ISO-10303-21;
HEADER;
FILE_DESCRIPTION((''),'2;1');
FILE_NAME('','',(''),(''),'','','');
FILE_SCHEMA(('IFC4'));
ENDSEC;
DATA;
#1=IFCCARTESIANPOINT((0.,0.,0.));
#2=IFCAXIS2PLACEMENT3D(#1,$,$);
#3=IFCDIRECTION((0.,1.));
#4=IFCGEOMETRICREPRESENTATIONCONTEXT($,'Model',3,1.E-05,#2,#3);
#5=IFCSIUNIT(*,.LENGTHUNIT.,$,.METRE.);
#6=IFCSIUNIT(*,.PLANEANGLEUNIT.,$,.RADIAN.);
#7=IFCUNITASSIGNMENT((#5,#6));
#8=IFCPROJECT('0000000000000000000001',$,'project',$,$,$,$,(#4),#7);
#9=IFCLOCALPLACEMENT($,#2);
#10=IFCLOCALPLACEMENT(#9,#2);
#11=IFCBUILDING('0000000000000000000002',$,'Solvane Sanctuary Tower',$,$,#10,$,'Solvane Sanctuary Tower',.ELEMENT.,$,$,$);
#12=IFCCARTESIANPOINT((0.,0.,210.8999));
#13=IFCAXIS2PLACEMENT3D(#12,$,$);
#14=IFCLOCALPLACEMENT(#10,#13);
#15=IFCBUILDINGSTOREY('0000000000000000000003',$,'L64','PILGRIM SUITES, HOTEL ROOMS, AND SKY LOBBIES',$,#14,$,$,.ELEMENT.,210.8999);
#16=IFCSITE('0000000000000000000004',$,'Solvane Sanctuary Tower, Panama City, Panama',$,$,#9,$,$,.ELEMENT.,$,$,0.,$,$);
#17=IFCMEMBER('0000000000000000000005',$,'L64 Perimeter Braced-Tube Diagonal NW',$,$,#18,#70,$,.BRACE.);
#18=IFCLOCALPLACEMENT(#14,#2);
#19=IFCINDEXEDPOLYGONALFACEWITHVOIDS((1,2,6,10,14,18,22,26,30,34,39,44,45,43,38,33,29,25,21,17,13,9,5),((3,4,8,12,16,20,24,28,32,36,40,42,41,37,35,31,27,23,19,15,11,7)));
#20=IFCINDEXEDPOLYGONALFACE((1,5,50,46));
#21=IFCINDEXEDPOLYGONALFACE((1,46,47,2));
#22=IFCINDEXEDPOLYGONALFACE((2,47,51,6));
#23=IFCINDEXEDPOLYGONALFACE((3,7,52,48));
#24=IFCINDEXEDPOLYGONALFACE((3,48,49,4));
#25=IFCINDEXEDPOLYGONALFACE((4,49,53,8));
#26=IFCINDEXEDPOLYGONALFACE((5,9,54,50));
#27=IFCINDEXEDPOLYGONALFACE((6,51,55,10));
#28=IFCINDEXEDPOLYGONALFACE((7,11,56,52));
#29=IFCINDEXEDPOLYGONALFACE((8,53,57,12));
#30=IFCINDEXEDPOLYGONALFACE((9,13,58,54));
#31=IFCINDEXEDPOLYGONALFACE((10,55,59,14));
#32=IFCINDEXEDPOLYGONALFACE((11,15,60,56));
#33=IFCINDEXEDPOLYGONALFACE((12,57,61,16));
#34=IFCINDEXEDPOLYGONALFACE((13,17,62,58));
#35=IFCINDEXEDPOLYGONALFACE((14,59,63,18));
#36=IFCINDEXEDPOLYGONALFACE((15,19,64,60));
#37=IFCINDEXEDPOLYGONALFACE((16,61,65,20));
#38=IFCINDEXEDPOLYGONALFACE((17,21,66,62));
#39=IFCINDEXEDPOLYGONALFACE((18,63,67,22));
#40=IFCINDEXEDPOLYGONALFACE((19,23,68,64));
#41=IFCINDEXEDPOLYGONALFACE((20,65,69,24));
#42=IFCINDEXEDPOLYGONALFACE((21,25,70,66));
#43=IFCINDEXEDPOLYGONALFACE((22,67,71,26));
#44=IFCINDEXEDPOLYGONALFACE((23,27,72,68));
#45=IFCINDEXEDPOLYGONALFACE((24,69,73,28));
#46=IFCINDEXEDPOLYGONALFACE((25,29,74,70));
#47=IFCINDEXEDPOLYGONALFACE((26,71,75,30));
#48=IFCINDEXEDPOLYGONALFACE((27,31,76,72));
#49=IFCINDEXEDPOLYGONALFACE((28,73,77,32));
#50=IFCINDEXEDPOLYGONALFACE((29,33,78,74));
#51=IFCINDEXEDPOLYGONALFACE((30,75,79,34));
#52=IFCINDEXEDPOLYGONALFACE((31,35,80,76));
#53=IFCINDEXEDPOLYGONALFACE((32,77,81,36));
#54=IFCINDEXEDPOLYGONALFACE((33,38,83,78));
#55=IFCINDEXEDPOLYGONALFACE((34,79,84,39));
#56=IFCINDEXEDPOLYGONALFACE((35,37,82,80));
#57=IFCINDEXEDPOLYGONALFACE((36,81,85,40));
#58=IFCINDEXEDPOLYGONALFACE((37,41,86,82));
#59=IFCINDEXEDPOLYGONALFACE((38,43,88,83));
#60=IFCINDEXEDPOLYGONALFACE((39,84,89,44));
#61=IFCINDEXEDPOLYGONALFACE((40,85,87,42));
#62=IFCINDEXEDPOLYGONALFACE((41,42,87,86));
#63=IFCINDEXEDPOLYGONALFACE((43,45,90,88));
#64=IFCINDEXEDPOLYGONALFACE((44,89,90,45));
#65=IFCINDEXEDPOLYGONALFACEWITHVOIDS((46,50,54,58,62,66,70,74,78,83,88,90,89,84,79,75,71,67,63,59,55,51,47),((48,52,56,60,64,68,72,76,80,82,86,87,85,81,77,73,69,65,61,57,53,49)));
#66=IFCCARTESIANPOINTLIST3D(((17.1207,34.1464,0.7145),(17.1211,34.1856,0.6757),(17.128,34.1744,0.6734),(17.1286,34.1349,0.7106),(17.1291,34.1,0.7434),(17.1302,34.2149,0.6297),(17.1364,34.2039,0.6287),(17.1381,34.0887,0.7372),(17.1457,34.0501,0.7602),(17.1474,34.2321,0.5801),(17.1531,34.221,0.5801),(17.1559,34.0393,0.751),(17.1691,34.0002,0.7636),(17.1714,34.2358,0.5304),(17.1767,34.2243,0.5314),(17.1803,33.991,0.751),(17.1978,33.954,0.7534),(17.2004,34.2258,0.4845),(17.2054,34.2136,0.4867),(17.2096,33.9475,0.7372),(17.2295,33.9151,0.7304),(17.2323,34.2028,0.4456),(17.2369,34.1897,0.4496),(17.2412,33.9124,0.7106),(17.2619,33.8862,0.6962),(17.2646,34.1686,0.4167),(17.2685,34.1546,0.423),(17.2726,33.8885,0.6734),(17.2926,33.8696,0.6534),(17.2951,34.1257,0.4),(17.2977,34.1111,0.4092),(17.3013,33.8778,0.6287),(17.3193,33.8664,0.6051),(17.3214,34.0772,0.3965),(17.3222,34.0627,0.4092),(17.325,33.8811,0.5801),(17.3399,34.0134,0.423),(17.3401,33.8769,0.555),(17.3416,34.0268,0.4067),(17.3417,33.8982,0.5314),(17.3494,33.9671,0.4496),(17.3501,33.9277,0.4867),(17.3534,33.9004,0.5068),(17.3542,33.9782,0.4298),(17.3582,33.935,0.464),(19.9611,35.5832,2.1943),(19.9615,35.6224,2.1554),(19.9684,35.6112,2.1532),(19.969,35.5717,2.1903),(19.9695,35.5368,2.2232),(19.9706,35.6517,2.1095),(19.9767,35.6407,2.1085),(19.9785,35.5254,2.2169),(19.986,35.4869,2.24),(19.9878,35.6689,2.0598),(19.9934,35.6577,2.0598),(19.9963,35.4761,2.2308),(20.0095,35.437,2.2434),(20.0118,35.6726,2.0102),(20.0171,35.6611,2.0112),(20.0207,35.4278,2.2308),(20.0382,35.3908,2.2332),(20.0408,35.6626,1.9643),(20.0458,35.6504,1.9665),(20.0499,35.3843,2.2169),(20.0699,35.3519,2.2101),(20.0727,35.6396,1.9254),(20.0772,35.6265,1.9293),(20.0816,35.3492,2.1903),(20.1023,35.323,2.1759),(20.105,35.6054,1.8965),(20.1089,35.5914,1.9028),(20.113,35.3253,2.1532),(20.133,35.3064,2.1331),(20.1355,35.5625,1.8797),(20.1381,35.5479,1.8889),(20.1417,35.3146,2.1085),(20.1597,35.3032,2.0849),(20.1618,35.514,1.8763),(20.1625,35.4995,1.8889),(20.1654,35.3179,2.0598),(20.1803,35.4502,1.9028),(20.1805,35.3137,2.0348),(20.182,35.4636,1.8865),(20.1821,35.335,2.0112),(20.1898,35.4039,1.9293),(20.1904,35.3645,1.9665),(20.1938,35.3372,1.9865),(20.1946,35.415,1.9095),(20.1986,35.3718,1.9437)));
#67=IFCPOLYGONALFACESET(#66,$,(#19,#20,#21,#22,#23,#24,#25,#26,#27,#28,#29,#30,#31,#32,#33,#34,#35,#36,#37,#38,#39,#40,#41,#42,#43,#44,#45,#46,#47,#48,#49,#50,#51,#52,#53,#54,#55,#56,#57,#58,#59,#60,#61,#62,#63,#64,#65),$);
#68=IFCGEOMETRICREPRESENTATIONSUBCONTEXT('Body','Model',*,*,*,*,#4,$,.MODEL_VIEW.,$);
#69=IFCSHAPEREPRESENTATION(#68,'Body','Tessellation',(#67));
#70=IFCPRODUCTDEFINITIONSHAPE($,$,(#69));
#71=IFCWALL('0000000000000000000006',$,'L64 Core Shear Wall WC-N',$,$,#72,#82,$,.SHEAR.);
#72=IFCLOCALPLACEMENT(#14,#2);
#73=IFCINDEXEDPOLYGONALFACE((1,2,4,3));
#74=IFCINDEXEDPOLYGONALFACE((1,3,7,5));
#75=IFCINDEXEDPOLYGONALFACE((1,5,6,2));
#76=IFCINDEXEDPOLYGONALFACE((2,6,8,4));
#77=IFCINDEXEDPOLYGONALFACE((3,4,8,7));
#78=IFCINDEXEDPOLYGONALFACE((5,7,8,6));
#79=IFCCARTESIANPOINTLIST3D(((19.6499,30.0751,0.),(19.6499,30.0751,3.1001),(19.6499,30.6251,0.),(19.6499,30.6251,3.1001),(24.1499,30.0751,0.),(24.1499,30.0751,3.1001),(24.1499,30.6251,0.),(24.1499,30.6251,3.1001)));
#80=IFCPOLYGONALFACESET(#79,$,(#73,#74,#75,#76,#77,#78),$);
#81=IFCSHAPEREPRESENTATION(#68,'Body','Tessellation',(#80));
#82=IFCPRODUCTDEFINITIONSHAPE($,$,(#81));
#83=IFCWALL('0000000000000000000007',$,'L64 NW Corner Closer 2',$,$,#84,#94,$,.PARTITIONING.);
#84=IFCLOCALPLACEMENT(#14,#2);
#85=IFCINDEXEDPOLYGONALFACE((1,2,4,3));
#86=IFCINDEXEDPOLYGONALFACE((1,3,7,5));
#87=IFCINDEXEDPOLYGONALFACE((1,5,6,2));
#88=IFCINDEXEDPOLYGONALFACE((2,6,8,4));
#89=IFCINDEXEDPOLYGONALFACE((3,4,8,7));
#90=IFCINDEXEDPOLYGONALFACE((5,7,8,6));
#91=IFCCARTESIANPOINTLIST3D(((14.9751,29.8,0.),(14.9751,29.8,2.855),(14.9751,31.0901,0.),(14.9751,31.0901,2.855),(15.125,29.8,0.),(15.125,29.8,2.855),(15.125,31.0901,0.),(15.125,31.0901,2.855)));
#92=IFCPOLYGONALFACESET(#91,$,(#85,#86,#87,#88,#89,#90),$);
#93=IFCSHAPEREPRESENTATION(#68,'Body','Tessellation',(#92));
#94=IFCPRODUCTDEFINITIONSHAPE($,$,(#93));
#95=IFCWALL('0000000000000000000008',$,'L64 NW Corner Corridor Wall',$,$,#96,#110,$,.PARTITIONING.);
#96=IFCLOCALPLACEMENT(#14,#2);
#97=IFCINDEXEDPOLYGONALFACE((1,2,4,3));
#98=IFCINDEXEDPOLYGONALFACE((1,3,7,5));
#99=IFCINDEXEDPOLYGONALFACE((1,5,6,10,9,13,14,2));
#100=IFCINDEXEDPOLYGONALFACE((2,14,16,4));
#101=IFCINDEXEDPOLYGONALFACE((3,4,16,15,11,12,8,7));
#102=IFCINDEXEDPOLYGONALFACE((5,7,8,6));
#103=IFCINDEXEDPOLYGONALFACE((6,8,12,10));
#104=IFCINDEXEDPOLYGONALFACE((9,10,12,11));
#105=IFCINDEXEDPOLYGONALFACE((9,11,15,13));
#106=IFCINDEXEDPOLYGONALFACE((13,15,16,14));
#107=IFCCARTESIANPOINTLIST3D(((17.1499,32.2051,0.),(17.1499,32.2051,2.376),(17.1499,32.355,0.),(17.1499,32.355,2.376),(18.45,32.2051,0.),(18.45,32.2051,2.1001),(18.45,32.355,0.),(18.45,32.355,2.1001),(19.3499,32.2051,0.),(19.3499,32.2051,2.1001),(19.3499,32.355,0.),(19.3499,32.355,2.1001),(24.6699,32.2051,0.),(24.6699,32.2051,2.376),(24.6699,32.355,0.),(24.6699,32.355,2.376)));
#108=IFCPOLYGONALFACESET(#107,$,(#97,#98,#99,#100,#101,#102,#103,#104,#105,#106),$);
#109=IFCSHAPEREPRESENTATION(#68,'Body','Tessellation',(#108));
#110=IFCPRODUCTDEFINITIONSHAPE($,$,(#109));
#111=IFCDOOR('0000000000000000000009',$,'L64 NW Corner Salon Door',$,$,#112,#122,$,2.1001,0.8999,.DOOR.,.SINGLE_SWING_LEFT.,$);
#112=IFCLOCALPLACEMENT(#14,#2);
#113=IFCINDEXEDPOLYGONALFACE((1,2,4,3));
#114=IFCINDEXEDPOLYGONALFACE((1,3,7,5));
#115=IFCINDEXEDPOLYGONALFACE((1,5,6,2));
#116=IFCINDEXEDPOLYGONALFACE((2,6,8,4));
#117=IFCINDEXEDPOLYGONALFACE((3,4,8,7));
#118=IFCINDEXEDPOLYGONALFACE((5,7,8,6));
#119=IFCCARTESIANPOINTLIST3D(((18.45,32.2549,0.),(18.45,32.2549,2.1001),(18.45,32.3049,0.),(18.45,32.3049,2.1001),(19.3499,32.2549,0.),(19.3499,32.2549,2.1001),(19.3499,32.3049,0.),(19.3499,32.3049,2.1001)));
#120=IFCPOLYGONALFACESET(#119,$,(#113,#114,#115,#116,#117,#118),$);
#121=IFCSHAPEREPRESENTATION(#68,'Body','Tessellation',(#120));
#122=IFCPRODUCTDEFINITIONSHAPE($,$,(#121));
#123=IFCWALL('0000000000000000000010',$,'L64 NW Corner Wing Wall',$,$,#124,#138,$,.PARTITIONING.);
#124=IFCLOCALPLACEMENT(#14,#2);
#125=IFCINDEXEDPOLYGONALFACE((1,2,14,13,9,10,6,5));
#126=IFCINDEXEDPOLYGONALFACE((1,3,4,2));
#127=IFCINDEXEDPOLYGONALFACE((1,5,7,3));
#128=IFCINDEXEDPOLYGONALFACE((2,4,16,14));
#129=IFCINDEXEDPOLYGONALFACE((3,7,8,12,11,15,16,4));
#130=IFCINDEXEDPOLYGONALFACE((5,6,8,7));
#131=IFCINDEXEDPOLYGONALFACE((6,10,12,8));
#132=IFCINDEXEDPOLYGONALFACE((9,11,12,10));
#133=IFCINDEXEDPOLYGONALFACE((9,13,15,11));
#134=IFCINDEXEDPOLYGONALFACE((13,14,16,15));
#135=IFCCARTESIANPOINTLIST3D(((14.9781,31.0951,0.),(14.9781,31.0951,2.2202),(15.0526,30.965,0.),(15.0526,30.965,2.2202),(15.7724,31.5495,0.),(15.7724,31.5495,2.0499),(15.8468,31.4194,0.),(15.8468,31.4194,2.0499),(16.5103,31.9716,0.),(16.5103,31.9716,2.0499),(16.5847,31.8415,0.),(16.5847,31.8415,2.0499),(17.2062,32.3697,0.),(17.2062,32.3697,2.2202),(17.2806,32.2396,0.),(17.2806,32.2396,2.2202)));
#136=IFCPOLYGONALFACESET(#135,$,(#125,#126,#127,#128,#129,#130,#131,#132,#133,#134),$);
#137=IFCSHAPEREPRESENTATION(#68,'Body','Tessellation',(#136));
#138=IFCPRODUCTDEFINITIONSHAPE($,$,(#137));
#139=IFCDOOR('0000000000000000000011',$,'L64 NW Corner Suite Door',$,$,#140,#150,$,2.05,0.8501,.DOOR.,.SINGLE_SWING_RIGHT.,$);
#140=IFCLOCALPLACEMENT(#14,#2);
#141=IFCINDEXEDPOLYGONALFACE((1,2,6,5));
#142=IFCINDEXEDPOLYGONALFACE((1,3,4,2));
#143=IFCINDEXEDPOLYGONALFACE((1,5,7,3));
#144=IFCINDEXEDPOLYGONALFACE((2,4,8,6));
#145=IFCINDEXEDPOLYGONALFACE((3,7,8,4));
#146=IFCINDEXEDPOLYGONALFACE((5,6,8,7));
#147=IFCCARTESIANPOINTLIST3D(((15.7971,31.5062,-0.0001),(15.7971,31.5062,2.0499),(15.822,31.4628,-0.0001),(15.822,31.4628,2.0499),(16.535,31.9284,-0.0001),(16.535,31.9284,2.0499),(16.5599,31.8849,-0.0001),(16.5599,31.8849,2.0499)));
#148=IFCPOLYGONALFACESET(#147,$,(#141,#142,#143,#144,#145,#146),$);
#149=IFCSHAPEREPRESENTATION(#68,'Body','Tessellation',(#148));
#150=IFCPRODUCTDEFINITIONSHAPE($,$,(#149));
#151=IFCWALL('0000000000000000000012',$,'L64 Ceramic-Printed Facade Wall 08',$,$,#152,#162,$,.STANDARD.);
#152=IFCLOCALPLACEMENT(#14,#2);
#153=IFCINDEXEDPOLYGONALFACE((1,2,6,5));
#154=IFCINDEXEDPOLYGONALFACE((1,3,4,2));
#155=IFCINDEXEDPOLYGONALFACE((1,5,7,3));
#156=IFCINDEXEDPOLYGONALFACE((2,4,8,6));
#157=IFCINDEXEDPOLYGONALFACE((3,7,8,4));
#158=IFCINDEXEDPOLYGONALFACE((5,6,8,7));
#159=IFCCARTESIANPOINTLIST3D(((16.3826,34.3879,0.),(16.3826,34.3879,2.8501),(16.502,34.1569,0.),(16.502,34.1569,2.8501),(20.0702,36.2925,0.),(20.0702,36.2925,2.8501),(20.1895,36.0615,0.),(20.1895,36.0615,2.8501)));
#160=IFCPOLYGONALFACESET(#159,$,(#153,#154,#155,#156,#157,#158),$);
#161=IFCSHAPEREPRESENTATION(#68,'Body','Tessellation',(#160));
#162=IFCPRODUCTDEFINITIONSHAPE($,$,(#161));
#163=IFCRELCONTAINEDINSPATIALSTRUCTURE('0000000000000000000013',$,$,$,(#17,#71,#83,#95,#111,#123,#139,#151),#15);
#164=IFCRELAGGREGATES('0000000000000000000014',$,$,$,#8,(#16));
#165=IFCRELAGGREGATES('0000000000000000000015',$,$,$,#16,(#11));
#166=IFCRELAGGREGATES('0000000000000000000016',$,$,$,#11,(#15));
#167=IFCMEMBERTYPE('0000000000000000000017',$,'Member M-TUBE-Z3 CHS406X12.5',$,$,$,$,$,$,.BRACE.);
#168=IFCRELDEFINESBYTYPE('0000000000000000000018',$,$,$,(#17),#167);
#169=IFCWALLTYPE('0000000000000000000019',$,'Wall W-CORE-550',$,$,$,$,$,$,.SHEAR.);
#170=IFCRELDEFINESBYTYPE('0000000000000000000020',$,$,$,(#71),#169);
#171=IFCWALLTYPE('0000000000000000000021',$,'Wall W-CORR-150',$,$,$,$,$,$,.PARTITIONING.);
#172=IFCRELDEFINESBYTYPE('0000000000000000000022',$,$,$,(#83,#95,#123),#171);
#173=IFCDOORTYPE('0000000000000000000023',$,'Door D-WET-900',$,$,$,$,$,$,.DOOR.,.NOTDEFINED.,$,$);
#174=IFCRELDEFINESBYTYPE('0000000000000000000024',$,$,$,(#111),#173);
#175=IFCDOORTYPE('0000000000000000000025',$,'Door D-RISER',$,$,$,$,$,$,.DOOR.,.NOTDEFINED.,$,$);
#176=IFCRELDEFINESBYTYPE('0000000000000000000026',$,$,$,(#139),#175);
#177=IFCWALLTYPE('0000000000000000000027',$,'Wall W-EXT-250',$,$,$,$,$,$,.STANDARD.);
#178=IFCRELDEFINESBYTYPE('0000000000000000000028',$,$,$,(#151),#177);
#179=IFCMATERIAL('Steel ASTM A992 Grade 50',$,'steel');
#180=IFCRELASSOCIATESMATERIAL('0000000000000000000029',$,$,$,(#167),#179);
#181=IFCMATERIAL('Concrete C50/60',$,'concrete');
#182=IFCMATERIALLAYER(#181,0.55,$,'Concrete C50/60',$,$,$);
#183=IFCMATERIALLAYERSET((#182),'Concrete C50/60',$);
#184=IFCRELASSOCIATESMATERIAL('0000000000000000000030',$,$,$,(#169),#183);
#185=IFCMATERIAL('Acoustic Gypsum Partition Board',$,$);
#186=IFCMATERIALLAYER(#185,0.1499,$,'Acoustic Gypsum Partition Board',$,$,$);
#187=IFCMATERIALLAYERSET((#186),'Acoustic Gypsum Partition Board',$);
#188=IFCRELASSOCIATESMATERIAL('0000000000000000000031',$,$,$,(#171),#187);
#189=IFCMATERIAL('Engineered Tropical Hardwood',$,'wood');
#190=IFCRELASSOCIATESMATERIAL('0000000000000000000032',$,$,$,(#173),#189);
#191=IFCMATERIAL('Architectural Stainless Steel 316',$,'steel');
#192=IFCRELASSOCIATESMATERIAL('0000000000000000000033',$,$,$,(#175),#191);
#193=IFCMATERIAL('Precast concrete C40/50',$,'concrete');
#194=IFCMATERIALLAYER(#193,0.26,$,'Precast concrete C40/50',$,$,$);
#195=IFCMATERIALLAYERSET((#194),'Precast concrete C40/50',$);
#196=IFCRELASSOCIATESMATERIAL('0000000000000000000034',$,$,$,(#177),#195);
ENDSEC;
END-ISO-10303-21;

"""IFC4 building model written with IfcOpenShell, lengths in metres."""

from ifc_helpers import new_model, si_unit, direction, frame, frame_2d, origin, origin_2d, place, context, subcontext, project, spatial, rectangle, hollow_circle, extrude, material, layer, layer_set, material_profile, profile_set, type_object, element, fill, save


model = new_model("IFC4")

# Units and contexts
model_context = context("Model", 3, precision=1e-05, world=origin(), true_north=direction((0.0, 1.0)))
body_context = subcontext(model_context, "Body", "Model", "MODEL_VIEW")
ifc_project = project(units=[si_unit("LENGTHUNIT", "METRE"), si_unit("PLANEANGLEUNIT", "RADIAN")], contexts=[model_context])

# Site, building, storey
site_placement = place(None, origin())
site = spatial("IfcSite", under=ifc_project, at=site_placement, Name="Solvane Sanctuary Tower, Panama City, Panama", CompositionType="ELEMENT", RefElevation=0.0)
building_placement = place(site_placement, origin())
building = spatial("IfcBuilding", under=site, at=building_placement, Name="Solvane Sanctuary Tower", LongName="Solvane Sanctuary Tower", CompositionType="ELEMENT")
storey_placement = place(building_placement, frame((0.0, 0.0, 210.8999)))
storey = spatial("IfcBuildingStorey", under=building, at=storey_placement, Name="L64", Description="PILGRIM SUITES, HOTEL ROOMS, AND SKY LOBBIES", CompositionType="ELEMENT", Elevation=210.8999)

# Shared definitions
ifc_material_1 = material(Name="Concrete C50/60", Category="concrete")

# Shared definitions
ifc_material_2 = material(Name="Steel ASTM A992 Grade 50", Category="steel")

# Member
ifc_material_profile_1 = material_profile(ifc_material_2, hollow_circle(Radius=0.2029, WallThickness=0.0125, at=origin_2d()), Name="CHS406X12.5")
ifc_profile_set_1 = profile_set([ifc_material_profile_1], Name="Steel ASTM A992 Grade 50")
member_type = type_object("IfcMemberType", Name="Member M-TUBE-Z3 CHS406X12.5", PredefinedType="BRACE", material=ifc_profile_set_1)
member_placement = place(storey_placement, frame((17.239, 34.051, 0.5801), z_axis=(0.809168, 0.409314, 0.421555), x_axis=(-0.451381, 0.892331, 0.0)))
element("IfcMember", 1, at=member_placement, inside=storey, type_object=member_type, Name="L64 Perimeter Braced-Tube Diagonal NW", PredefinedType="BRACE", context=body_context, shape_type="SweptSolid", body=[
    extrude(hollow_circle(Radius=0.2029, WallThickness=0.0125, at=origin_2d()), origin(), (0.0, 0.0, 1.0), 3.5103),
])

# Walls
ifc_layer_1 = layer(ifc_material_1, 0.55, Name="Concrete C50/60")
ifc_layer_set_1 = layer_set([ifc_layer_1], Name="Concrete C50/60")
wall_type_1 = type_object("IfcWallType", Name="Wall W-CORE-550", PredefinedType="SHEAR", material=ifc_layer_set_1)
wall_1_placement = place(storey_placement, frame((19.6499, 30.3501, 0.0), z_axis=(0.0, 0.0, 1.0), x_axis=(1.0, 0.0, 0.0)))
element("IfcWall", 2, at=wall_1_placement, inside=storey, type_object=wall_type_1, Name="L64 Core Shear Wall WC-N", PredefinedType="SHEAR", context=body_context, shape_type="SweptSolid", body=[
    extrude(rectangle(XDim=4.5, YDim=0.55, at=frame_2d((2.25, 0.0))), origin(), (0.0, 0.0, 1.0), 3.1001),
])
ifc_material_3 = material(Name="Acoustic Gypsum Partition Board")
ifc_layer_2 = layer(ifc_material_3, 0.1499, Name="Acoustic Gypsum Partition Board")
ifc_layer_set_2 = layer_set([ifc_layer_2], Name="Acoustic Gypsum Partition Board")
wall_type_2 = type_object("IfcWallType", Name="Wall W-CORR-150", PredefinedType="PARTITIONING", material=ifc_layer_set_2)
wall_2_placement = place(storey_placement, frame((15.05, 29.8, 0.0), z_axis=(0.0, 0.0, 1.0), x_axis=(0.0, 1.0, 0.0)))
element("IfcWall", 3, at=wall_2_placement, inside=storey, type_object=wall_type_2, Name="L64 NW Corner Closer 2", PredefinedType="PARTITIONING", context=body_context, shape_type="SweptSolid", body=[
    extrude(rectangle(XDim=1.29, YDim=0.1499, at=frame_2d((0.645, 0.0))), origin(), (0.0, 0.0, 1.0), 2.855),
])

# Walls, openings, doors
wall_3_placement = place(storey_placement, frame((17.1499, 32.28, 0.0), z_axis=(0.0, 0.0, 1.0), x_axis=(1.0, 0.0, 0.0)))
wall_3 = element("IfcWall", 4, at=wall_3_placement, inside=storey, type_object=wall_type_2, Name="L64 NW Corner Corridor Wall", PredefinedType="PARTITIONING", context=body_context, shape_type="SweptSolid", body=[
    extrude(rectangle(XDim=7.52, YDim=0.1499, at=frame_2d((3.76, 0.0))), origin(), (0.0, 0.0, 1.0), 2.376),
])
opening_1_placement = place(wall_3_placement, frame((1.3, 0.0, 0.0)))
opening_1 = element("IfcOpeningElement", 5, at=opening_1_placement, cuts=wall_3, PredefinedType="OPENING", context=body_context, shape_type="SweptSolid", body=[
    extrude(rectangle(XDim=0.8999, YDim=2.1001, at=frame_2d((0.45, 1.05))), frame((0.0, 0.085, 0.0), z_axis=(0.0, -1.0, 0.0), x_axis=(1.0, 0.0, 0.0)), (0.0, 0.0, 1.0), 0.1699),
])
ifc_material_4 = material(Name="Engineered Tropical Hardwood", Category="wood")
door_type_1 = type_object("IfcDoorType", Name="Door D-WET-900", OperationType="NOTDEFINED", PredefinedType="DOOR", material=ifc_material_4)
door_1_placement = place(opening_1_placement, origin())
door_1 = element("IfcDoor", 6, at=door_1_placement, inside=storey, type_object=door_type_1, Name="L64 NW Corner Salon Door", OperationType="SINGLE_SWING_LEFT", OverallHeight=2.1001, OverallWidth=0.8999, PredefinedType="DOOR", context=body_context, shape_type="SweptSolid", body=[
    extrude(rectangle(XDim=0.8999, YDim=2.1001, at=frame_2d((0.45, 1.05))), frame((0.0, 0.0249, 0.0), z_axis=(0.0, -1.0, 0.0), x_axis=(1.0, 0.0, 0.0)), (0.0, 0.0, 1.0), 0.05),
])
fill(opening_1, door_1)
wall_4_placement = place(storey_placement, frame((17.2434, 32.3047, 0.0), z_axis=(0.0, 0.0, 1.0), x_axis=(-0.867991, -0.496579, 0.0)))
wall_4 = element("IfcWall", 7, at=wall_4_placement, inside=storey, type_object=wall_type_2, Name="L64 NW Corner Wing Wall", PredefinedType="PARTITIONING", context=body_context, shape_type="SweptSolid", body=[
    extrude(rectangle(XDim=2.5669, YDim=0.1499, at=frame_2d((1.2834, 0.0))), origin(), (0.0, 0.0, 1.0), 2.2202),
])
opening_2_placement = place(wall_4_placement, frame((0.8018, 0.0, 0.0)))
opening_2 = element("IfcOpeningElement", 8, at=opening_2_placement, cuts=wall_4, PredefinedType="OPENING", context=body_context, shape_type="SweptSolid", body=[
    extrude(rectangle(XDim=0.8501, YDim=2.05, at=frame_2d((0.425, 1.0249))), frame((0.0, 0.085, 0.0), z_axis=(0.0, -1.0, 0.0), x_axis=(1.0, 0.0, 0.0)), (0.0, 0.0, 1.0), 0.1699),
])
ifc_material_5 = material(Name="Architectural Stainless Steel 316", Category="steel")
door_type_2 = type_object("IfcDoorType", Name="Door D-RISER", OperationType="NOTDEFINED", PredefinedType="DOOR", material=ifc_material_5)
door_2_placement = place(opening_2_placement, origin())
door_2 = element("IfcDoor", 9, at=door_2_placement, inside=storey, type_object=door_type_2, Name="L64 NW Corner Suite Door", OperationType="SINGLE_SWING_RIGHT", OverallHeight=2.05, OverallWidth=0.8501, PredefinedType="DOOR", context=body_context, shape_type="SweptSolid", body=[
    extrude(rectangle(XDim=0.8501, YDim=2.05, at=frame_2d((0.425, 1.0249))), frame((0.0, 0.0249, 0.0), z_axis=(0.0, -1.0, 0.0), x_axis=(1.0, 0.0, 0.0)), (0.0, 0.0, 1.0), 0.05),
])
fill(opening_2, door_2)

# Wall
ifc_material_6 = material(Name="Precast concrete C40/50", Category="concrete")
ifc_layer_3 = layer(ifc_material_6, 0.26, Name="Precast concrete C40/50")
ifc_layer_set_3 = layer_set([ifc_layer_3], Name="Precast concrete C40/50")
wall_type_3 = type_object("IfcWallType", Name="Wall W-EXT-250", PredefinedType="STANDARD", material=ifc_layer_set_3)
wall_5_placement = place(storey_placement, frame((20.1299, 36.177, 0.0), z_axis=(0.0, 0.0, 1.0), x_axis=(-0.888491, -0.458893, 0.0)))
element("IfcWall", 10, at=wall_5_placement, inside=storey, type_object=wall_type_3, Name="L64 Ceramic-Printed Facade Wall 08", PredefinedType="STANDARD", context=body_context, shape_type="SweptSolid", body=[
    extrude(rectangle(XDim=4.1504, YDim=0.26, at=frame_2d((2.0752, 0.0))), origin(), (0.0, 0.0, 1.0), 2.8501),
])

save(model, "model.ifc")
